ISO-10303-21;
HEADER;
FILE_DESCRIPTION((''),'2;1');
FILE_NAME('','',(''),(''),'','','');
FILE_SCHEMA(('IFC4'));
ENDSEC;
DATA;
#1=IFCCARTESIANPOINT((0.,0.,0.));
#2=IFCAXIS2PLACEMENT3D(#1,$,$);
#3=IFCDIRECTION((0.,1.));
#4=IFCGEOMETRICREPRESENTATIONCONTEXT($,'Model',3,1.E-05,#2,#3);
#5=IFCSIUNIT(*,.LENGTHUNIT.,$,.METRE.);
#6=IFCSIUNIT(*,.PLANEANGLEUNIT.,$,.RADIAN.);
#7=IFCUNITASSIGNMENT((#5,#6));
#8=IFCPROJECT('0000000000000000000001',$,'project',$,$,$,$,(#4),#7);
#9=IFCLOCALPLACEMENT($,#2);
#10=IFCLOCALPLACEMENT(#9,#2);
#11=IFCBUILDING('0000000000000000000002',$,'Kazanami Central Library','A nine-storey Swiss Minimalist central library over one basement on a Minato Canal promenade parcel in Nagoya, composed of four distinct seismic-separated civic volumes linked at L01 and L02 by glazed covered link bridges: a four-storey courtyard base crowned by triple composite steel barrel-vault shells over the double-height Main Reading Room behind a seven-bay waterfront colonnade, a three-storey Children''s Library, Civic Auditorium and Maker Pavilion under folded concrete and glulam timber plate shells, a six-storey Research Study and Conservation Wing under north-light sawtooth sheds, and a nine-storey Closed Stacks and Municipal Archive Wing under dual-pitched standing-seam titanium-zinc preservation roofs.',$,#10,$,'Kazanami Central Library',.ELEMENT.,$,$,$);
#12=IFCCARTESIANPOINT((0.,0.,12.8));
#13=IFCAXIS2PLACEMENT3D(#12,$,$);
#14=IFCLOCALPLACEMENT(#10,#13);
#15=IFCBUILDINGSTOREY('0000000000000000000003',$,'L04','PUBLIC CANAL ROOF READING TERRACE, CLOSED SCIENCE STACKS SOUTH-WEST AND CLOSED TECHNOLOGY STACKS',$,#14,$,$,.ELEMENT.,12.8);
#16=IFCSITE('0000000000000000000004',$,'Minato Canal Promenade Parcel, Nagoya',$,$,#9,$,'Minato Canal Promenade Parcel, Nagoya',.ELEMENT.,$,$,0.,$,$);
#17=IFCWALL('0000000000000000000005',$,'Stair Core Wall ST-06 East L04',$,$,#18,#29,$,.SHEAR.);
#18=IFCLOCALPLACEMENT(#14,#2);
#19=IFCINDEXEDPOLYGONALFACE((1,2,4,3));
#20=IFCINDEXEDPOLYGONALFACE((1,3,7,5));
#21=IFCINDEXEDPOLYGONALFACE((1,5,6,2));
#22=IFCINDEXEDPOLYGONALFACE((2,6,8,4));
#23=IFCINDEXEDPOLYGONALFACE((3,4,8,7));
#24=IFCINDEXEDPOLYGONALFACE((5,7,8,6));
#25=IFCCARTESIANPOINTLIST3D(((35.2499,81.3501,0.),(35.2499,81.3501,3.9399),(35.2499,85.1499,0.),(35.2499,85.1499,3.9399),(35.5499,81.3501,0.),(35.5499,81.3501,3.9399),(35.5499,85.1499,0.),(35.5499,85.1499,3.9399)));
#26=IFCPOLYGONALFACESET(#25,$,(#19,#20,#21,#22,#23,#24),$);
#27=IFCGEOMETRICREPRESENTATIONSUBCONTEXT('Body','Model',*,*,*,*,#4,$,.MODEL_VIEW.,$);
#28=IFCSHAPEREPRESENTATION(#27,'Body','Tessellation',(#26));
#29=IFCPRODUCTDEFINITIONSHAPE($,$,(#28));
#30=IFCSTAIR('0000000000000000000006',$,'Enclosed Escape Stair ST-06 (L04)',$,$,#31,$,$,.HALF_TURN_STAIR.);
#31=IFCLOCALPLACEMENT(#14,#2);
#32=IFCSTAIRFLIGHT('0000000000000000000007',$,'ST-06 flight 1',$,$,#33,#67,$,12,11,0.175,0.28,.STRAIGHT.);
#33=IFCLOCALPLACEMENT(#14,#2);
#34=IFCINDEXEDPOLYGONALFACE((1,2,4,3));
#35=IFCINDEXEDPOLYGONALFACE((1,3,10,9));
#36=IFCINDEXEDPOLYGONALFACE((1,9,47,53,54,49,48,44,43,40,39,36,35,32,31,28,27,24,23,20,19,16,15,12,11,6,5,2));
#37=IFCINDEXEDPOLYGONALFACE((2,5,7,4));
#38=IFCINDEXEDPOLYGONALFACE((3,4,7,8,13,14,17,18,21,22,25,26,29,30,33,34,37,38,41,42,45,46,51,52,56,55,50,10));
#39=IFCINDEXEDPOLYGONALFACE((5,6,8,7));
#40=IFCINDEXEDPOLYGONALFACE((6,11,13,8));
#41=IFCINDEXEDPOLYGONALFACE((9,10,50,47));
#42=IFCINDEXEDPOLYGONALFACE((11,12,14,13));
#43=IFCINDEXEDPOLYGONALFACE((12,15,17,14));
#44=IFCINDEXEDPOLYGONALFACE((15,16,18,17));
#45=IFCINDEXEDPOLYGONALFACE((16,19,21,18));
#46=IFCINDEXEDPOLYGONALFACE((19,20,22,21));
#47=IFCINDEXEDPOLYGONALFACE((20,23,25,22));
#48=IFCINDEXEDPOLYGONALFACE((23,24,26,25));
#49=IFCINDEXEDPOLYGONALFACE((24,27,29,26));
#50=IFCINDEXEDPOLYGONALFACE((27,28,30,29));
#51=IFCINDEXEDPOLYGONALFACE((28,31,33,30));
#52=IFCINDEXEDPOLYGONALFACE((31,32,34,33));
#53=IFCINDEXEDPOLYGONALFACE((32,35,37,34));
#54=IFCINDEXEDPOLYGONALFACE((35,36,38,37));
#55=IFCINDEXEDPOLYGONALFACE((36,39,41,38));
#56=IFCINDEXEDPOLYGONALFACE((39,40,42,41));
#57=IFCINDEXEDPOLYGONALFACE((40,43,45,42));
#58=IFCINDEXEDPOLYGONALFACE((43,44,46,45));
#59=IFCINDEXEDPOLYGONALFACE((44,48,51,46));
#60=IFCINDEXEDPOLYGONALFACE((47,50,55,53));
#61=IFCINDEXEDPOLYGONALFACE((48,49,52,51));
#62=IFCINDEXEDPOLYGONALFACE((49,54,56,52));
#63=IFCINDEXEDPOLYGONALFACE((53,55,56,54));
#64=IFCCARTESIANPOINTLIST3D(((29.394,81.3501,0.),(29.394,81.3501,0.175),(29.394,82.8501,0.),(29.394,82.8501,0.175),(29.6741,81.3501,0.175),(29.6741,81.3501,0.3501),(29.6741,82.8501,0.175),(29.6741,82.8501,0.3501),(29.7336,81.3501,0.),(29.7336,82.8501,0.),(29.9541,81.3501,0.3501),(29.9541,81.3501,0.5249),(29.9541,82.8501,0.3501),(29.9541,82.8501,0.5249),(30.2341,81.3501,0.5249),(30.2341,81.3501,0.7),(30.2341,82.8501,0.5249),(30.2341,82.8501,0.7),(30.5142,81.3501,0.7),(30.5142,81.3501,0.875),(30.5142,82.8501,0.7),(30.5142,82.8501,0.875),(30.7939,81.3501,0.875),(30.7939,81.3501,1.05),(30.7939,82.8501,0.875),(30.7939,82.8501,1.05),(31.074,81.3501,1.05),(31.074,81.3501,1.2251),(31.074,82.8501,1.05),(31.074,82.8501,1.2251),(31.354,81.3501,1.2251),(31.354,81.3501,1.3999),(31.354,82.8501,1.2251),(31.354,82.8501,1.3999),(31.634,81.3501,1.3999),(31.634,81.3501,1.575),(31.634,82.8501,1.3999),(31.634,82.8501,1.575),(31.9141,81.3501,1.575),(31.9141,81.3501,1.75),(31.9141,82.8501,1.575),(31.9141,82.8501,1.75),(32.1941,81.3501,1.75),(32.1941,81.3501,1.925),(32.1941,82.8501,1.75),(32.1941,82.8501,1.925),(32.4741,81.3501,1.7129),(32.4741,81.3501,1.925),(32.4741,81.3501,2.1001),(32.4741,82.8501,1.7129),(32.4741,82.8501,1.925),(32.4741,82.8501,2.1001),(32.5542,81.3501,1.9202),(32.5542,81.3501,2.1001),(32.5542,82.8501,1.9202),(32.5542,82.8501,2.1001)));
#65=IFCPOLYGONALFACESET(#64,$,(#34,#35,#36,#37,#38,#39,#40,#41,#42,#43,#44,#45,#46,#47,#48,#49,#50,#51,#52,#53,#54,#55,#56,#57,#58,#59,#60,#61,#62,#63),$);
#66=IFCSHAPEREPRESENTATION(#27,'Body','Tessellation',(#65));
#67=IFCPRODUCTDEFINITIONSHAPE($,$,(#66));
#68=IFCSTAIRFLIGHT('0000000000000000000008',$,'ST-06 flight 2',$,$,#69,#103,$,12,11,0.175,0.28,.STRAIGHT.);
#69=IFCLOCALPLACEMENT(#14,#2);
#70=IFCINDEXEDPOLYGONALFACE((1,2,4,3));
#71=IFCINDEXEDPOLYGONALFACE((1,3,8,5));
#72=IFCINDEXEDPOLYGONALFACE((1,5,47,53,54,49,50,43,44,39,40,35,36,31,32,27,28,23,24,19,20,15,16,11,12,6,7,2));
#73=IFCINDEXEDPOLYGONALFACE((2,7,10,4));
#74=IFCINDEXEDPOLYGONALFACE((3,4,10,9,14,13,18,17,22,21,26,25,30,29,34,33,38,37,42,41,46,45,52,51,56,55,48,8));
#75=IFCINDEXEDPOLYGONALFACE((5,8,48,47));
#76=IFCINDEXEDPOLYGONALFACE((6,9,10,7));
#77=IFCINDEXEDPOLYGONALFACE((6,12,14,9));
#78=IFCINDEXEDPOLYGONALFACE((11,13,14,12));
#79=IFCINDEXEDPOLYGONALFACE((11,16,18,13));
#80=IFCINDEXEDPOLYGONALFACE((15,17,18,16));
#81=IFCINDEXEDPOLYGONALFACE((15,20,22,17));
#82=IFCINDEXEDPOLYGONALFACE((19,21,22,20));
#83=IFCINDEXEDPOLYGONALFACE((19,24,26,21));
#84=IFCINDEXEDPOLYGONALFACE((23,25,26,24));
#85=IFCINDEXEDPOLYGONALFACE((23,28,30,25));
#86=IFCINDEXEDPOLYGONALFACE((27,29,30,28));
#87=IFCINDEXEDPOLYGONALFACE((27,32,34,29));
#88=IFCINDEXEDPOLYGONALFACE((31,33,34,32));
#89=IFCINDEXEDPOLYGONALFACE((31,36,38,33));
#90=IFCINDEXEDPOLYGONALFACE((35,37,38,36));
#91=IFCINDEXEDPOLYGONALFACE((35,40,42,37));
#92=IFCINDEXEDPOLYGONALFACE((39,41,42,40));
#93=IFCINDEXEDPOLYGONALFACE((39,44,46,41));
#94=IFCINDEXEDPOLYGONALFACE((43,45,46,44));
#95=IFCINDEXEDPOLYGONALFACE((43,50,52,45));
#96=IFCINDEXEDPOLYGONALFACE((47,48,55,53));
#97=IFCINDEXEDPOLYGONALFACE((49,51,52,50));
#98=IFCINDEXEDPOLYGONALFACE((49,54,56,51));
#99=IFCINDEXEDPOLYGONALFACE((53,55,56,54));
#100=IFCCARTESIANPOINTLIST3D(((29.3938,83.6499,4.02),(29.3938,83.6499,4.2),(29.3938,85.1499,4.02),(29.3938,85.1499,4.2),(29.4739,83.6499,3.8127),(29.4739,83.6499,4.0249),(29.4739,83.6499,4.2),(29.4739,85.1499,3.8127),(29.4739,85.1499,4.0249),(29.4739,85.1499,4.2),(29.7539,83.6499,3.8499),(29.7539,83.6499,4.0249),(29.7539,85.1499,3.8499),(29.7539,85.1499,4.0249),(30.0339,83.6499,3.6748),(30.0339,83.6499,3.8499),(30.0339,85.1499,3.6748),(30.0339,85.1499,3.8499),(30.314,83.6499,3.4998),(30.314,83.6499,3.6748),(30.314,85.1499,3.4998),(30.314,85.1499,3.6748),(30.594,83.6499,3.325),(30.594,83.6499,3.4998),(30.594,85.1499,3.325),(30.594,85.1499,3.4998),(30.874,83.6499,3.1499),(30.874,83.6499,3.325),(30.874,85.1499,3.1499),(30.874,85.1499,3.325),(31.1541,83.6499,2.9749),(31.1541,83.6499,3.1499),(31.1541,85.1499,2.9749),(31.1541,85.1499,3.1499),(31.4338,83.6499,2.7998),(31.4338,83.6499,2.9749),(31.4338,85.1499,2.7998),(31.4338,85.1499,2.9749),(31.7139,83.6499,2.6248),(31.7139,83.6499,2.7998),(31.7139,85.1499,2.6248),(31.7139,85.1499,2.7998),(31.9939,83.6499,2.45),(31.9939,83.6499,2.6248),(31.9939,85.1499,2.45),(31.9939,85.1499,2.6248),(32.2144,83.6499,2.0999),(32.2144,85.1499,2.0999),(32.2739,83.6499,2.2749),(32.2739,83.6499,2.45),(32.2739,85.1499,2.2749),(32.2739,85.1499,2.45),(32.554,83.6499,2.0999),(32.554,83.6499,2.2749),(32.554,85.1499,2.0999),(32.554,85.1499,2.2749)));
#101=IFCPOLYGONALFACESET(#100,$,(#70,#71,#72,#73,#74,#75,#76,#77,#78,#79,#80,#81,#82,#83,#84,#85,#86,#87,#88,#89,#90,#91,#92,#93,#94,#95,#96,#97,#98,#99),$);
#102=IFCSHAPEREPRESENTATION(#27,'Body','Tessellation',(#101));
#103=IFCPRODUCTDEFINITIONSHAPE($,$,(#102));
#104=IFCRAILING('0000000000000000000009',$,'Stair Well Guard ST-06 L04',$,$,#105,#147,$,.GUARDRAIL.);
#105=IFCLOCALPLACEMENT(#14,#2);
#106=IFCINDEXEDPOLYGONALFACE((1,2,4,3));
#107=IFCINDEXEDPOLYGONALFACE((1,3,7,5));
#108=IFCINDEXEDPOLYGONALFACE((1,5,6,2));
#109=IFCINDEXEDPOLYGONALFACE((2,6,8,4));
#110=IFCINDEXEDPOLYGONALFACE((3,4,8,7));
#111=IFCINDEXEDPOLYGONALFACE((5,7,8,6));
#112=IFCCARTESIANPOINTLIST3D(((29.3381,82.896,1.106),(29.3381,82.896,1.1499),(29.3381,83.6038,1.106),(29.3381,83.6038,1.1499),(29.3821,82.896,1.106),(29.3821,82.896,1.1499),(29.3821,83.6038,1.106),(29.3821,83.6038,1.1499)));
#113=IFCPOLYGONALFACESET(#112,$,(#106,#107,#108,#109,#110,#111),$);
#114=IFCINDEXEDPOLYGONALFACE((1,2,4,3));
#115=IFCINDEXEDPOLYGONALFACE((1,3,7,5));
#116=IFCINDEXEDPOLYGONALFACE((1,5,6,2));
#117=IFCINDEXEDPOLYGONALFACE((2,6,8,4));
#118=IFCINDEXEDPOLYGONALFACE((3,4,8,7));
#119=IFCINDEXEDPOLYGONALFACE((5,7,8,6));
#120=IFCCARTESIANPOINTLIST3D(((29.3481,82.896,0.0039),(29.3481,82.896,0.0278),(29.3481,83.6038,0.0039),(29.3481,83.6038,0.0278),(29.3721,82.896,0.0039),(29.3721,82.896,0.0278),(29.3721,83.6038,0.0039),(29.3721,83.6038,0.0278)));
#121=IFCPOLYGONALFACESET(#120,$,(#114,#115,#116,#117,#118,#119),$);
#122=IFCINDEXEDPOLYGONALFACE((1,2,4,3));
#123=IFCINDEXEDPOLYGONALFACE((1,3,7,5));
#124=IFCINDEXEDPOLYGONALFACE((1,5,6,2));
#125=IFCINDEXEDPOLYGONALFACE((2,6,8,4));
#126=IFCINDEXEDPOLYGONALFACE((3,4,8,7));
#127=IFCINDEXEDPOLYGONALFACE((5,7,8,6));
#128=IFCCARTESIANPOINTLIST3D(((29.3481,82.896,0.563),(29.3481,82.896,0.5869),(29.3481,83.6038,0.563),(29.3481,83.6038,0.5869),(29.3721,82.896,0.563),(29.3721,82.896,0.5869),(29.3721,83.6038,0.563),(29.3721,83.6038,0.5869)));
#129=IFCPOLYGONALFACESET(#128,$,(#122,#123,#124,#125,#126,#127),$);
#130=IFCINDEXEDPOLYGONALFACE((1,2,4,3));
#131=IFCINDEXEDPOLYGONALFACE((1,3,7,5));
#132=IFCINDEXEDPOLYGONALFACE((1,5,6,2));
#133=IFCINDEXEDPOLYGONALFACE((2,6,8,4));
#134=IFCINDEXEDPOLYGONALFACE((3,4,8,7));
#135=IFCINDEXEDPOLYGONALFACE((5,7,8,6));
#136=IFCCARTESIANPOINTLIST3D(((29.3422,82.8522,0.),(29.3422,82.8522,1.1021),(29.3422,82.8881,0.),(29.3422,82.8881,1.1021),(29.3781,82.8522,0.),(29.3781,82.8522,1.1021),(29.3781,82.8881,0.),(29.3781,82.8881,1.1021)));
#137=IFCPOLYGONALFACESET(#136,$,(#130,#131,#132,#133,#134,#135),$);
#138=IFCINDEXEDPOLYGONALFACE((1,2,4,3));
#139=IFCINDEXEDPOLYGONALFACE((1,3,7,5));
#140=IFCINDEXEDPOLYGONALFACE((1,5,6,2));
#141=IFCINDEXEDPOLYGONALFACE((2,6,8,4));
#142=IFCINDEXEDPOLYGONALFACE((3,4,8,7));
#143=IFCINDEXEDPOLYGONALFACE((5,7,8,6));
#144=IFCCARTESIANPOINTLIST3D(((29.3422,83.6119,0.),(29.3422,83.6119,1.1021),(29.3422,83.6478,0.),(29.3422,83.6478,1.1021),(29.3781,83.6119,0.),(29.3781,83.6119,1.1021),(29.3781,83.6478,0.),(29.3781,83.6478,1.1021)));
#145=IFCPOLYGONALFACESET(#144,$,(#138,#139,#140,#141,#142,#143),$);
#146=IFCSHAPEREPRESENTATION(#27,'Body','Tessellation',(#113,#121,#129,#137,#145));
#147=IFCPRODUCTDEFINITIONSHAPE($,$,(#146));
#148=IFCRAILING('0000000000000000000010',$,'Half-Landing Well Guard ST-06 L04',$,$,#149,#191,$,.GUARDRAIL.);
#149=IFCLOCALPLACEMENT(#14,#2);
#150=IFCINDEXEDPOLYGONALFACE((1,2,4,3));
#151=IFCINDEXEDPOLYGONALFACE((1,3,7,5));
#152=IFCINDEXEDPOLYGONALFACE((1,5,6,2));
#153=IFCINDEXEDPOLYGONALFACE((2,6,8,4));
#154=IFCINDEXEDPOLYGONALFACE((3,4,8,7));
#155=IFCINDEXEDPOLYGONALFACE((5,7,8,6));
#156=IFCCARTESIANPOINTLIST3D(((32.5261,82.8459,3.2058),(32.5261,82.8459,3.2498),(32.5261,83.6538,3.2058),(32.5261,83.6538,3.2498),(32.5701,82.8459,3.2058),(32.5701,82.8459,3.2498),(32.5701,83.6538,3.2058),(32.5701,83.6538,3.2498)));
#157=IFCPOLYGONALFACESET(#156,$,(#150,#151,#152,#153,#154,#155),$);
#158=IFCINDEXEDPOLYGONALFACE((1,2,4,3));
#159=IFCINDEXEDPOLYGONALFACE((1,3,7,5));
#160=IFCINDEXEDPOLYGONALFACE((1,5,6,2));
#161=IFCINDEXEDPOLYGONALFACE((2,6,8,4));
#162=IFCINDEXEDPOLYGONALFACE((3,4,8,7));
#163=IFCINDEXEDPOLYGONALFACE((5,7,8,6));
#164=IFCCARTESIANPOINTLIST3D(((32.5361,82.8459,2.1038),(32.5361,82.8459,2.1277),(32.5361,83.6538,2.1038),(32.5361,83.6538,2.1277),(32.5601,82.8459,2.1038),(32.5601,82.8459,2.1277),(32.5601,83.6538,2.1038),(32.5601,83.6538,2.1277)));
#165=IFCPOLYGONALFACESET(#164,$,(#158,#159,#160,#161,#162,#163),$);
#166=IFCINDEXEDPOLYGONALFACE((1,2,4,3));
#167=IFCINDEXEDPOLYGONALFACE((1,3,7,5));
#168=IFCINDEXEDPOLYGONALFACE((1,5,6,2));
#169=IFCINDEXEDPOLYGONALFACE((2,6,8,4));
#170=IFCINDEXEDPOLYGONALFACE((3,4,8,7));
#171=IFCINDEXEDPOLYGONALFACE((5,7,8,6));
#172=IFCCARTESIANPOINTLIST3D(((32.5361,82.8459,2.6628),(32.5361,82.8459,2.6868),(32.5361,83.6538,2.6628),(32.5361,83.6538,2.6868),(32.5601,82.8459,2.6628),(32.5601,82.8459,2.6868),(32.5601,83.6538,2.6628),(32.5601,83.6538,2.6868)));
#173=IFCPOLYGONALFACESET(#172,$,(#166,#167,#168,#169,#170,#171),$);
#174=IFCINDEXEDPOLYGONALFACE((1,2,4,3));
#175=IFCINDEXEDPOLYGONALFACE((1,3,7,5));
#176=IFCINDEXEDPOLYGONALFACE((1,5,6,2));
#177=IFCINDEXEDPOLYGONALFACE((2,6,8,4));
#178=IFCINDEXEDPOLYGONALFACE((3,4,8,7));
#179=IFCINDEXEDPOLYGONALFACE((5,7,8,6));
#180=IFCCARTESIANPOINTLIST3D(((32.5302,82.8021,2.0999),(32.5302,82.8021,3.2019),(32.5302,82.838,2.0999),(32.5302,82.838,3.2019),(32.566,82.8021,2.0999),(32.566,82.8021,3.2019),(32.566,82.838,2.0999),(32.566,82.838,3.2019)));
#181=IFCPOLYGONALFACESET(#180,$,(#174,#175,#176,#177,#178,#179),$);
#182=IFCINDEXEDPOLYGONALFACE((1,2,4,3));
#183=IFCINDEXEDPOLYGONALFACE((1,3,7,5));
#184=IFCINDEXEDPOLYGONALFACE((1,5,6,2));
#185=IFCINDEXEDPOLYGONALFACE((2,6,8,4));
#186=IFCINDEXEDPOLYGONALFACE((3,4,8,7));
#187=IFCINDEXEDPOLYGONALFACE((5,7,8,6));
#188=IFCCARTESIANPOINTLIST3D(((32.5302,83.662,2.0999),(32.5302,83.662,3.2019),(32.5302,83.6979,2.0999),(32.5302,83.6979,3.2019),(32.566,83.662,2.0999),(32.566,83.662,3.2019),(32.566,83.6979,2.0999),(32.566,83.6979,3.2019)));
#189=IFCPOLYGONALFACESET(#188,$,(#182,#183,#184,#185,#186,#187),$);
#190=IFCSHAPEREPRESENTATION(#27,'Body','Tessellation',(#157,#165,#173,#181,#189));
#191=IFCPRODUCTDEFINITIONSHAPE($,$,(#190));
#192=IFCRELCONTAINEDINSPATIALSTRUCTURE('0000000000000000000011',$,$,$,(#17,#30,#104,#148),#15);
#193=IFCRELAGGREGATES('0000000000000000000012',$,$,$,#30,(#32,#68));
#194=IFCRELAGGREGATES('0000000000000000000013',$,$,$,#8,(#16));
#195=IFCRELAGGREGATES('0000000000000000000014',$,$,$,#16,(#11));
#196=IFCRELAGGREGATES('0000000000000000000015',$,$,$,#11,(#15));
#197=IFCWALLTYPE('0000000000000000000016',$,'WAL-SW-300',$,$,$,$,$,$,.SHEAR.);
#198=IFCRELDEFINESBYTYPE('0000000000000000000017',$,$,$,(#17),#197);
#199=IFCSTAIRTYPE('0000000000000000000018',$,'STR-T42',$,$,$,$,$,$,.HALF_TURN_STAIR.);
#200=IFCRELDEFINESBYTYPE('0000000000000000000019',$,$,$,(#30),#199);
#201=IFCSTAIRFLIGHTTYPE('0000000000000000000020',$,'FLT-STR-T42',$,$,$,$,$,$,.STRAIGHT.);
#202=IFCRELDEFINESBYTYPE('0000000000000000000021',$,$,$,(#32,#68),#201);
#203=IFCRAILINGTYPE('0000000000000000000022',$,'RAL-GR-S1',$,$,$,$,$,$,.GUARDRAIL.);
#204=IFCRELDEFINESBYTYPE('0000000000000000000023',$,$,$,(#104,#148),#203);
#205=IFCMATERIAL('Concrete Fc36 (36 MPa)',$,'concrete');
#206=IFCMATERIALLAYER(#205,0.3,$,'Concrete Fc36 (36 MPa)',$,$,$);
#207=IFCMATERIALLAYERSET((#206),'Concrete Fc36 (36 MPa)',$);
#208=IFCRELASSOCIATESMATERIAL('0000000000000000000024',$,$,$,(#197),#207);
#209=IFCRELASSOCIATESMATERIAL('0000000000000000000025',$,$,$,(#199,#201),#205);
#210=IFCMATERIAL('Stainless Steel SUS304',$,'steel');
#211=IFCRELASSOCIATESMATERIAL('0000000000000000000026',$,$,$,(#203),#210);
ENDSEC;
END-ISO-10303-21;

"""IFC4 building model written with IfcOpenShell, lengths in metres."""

from ifc_helpers import new_model, si_unit, direction, frame, frame_2d, origin, origin_2d, place, context, subcontext, project, spatial, polyline, rectangle, outline, extrude, material, layer, layer_set, type_object, element, aggregate, save


model = new_model("IFC4")

# Units and contexts
model_context = context("Model", 3, precision=1e-05, world=origin(), true_north=direction((0.0, 1.0)))
body_context = subcontext(model_context, "Body", "Model", "MODEL_VIEW")
ifc_project = project(units=[si_unit("LENGTHUNIT", "METRE"), si_unit("PLANEANGLEUNIT", "RADIAN")], contexts=[model_context])

# Site, building, storey
site_placement = place(None, origin())
site = spatial("IfcSite", under=ifc_project, at=site_placement, Name="Minato Canal Promenade Parcel, Nagoya", LongName="Minato Canal Promenade Parcel, Nagoya", CompositionType="ELEMENT", RefElevation=0.0)
building_placement = place(site_placement, origin())
building = spatial("IfcBuilding", under=site, at=building_placement, Name="Kazanami Central Library", Description="A nine-storey Swiss Minimalist central library over one basement on a Minato Canal promenade parcel in Nagoya, composed of four distinct seismic-separated civic volumes linked at L01 and L02 by glazed covered link bridges: a four-storey courtyard base crowned by triple composite steel barrel-vault shells over the double-height Main Reading Room behind a seven-bay waterfront colonnade, a three-storey Children's Library, Civic Auditorium and Maker Pavilion under folded concrete and glulam timber plate shells, a six-storey Research Study and Conservation Wing under north-light sawtooth sheds, and a nine-storey Closed Stacks and Municipal Archive Wing under dual-pitched standing-seam titanium-zinc preservation roofs.", LongName="Kazanami Central Library", CompositionType="ELEMENT")
storey_placement = place(building_placement, frame((0.0, 0.0, 12.8)))
storey = spatial("IfcBuildingStorey", under=building, at=storey_placement, Name="L04", Description="PUBLIC CANAL ROOF READING TERRACE, CLOSED SCIENCE STACKS SOUTH-WEST AND CLOSED TECHNOLOGY STACKS", CompositionType="ELEMENT", Elevation=12.8)

# Shared definitions
ifc_material_1 = material(Name="Concrete Fc36 (36 MPa)", Category="concrete")

# Wall
ifc_layer_1 = layer(ifc_material_1, 0.3, Name="Concrete Fc36 (36 MPa)")
ifc_layer_set_1 = layer_set([ifc_layer_1], Name="Concrete Fc36 (36 MPa)")
wall_type_1 = type_object("IfcWallType", Name="WAL-SW-300", PredefinedType="SHEAR", material=ifc_layer_set_1)
wall_1_placement = place(storey_placement, frame((35.3999, 81.3501, 0.0), z_axis=(0.0, 0.0, 1.0), x_axis=(0.0, 1.0, 0.0)))
element("IfcWall", 1, at=wall_1_placement, inside=storey, type_object=wall_type_1, Name="Stair Core Wall ST-06 East L04", PredefinedType="SHEAR", context=body_context, shape_type="SweptSolid", body=[
    extrude(rectangle(XDim=3.7998, YDim=0.3, at=frame_2d((1.8999, 0.0))), origin(), (0.0, 0.0, 1.0), 3.9399),
])

# Stair, stair flights
stair_type = type_object("IfcStairType", Name="STR-T42", PredefinedType="HALF_TURN_STAIR", material=ifc_material_1)
stair_placement = place(storey_placement, origin())
stair = element("IfcStair", 2, at=stair_placement, inside=storey, type_object=stair_type, Name="Enclosed Escape Stair ST-06 (L04)", PredefinedType="HALF_TURN_STAIR")
stair_flight_type = type_object("IfcStairFlightType", Name="FLT-STR-T42", PredefinedType="STRAIGHT", material=ifc_material_1)
stair_flight_1_placement = place(storey_placement, frame((29.394, 82.1001, 0.0), z_axis=(0.0, 0.0, 1.0), x_axis=(1.0, 0.0, 0.0)))
stair_flight_1 = element("IfcStairFlight", 3, at=stair_flight_1_placement, type_object=stair_flight_type, Name="ST-06 flight 1", NumberOfRisers=12, NumberOfTreads=11, PredefinedType="STRAIGHT", RiserHeight=0.175, TreadLength=0.28, context=body_context, shape_type="SweptSolid", body=[
    extrude(outline(polyline([(0.0, 0.0), (0.0, 0.175), (0.28, 0.175), (0.28, 0.3501), (0.5601, 0.3501), (0.5601, 0.5249), (0.8401, 0.5249), (0.8401, 0.7), (1.1201, 0.7), (1.1201, 0.875), (1.3999, 0.875), (1.3999, 1.05), (1.6799, 1.05), (1.6799, 1.2251), (1.96, 1.2251), (1.96, 1.3999), (2.24, 1.3999), (2.24, 1.575), (2.52, 1.575), (2.52, 1.75), (2.8, 1.75), (2.8, 1.925), (3.0801, 1.925), (3.0801, 2.1001), (3.1602, 2.1001), (3.1602, 1.9202), (3.0801, 1.7129), (0.3396, 0.0), (0.0, 0.0)])), frame((0.0, 0.75, 0.0), z_axis=(0.0, -1.0, 0.0), x_axis=(1.0, 0.0, 0.0)), (0.0, 0.0, 1.0), 1.5),
])
stair_flight_2_placement = place(storey_placement, frame((32.554, 84.3999, 2.0999), z_axis=(0.0, 0.0, 1.0), x_axis=(-1.0, 0.0, 0.0)))
stair_flight_2 = element("IfcStairFlight", 4, at=stair_flight_2_placement, type_object=stair_flight_type, Name="ST-06 flight 2", NumberOfRisers=12, NumberOfTreads=11, PredefinedType="STRAIGHT", RiserHeight=0.175, TreadLength=0.28, context=body_context, shape_type="SweptSolid", body=[
    extrude(outline(polyline([(0.0, 0.0), (0.0, 0.175), (0.28, 0.175), (0.28, 0.3501), (0.5601, 0.3501), (0.5601, 0.5249), (0.8401, 0.5249), (0.8401, 0.7), (1.1201, 0.7), (1.1201, 0.875), (1.3999, 0.875), (1.3999, 1.05), (1.6799, 1.05), (1.6799, 1.2251), (1.96, 1.2251), (1.96, 1.3999), (2.24, 1.3999), (2.24, 1.575), (2.52, 1.575), (2.52, 1.75), (2.8, 1.75), (2.8, 1.925), (3.0801, 1.925), (3.0801, 2.1001), (3.1602, 2.1001), (3.1602, 1.9202), (3.0801, 1.7129), (0.3396, 0.0), (0.0, 0.0)])), frame((0.0, 0.75, 0.0), z_axis=(0.0, -1.0, 0.0), x_axis=(1.0, 0.0, 0.0)), (0.0, 0.0, 1.0), 1.5),
])
aggregate(stair, [stair_flight_1, stair_flight_2])

# Railings
ifc_material_2 = material(Name="Stainless Steel SUS304", Category="steel")
railing_type_1 = type_object("IfcRailingType", Name="RAL-GR-S1", PredefinedType="GUARDRAIL", material=ifc_material_2)
railing_1_placement = place(storey_placement, frame((29.3601, 82.8701, 0.0)))
element("IfcRailing", 5, at=railing_1_placement, inside=storey, type_object=railing_type_1, Name="Stair Well Guard ST-06 L04", PredefinedType="GUARDRAIL", context=body_context, shape_type="SweptSolid", body=[
    extrude(rectangle(XDim=0.0439, YDim=0.0439, at=origin_2d()), frame((0.0, 0.0259, 1.1279), z_axis=(0.0, 1.0, 0.0), x_axis=(-1.0, 0.0, 0.0)), (0.0, 0.0, 1.0), 0.7078),
    extrude(rectangle(XDim=0.0239, YDim=0.0239, at=origin_2d()), frame((0.0, 0.0259, 0.0159), z_axis=(0.0, 1.0, 0.0), x_axis=(-1.0, 0.0, 0.0)), (0.0, 0.0, 1.0), 0.7078),
    extrude(rectangle(XDim=0.0239, YDim=0.0239, at=origin_2d()), frame((0.0, 0.0259, 0.575), z_axis=(0.0, 1.0, 0.0), x_axis=(-1.0, 0.0, 0.0)), (0.0, 0.0, 1.0), 0.7078),
    extrude(rectangle(XDim=0.0359, YDim=0.0359, at=origin_2d()), origin(), (0.0, 0.0, 1.0), 1.1021),
    extrude(rectangle(XDim=0.0359, YDim=0.0359, at=origin_2d()), frame((0.0, 0.7598, 0.0)), (0.0, 0.0, 1.0), 1.1021),
])
railing_2_placement = place(storey_placement, frame((32.5481, 82.8201, 2.0999)))
element("IfcRailing", 6, at=railing_2_placement, inside=storey, type_object=railing_type_1, Name="Half-Landing Well Guard ST-06 L04", PredefinedType="GUARDRAIL", context=body_context, shape_type="SweptSolid", body=[
    extrude(rectangle(XDim=0.0439, YDim=0.0439, at=origin_2d()), frame((0.0, 0.0259, 1.1279), z_axis=(0.0, 1.0, 0.0), x_axis=(-1.0, 0.0, 0.0)), (0.0, 0.0, 1.0), 0.8079),
    extrude(rectangle(XDim=0.0239, YDim=0.0239, at=origin_2d()), frame((0.0, 0.0259, 0.0159), z_axis=(0.0, 1.0, 0.0), x_axis=(-1.0, 0.0, 0.0)), (0.0, 0.0, 1.0), 0.8079),
    extrude(rectangle(XDim=0.0239, YDim=0.0239, at=origin_2d()), frame((0.0, 0.0259, 0.575), z_axis=(0.0, 1.0, 0.0), x_axis=(-1.0, 0.0, 0.0)), (0.0, 0.0, 1.0), 0.8079),
    extrude(rectangle(XDim=0.0359, YDim=0.0359, at=origin_2d()), origin(), (0.0, 0.0, 1.0), 1.1021),
    extrude(rectangle(XDim=0.0359, YDim=0.0359, at=origin_2d()), frame((0.0, 0.8599, 0.0)), (0.0, 0.0, 1.0), 1.1021),
])

save(model, "model.ifc")
